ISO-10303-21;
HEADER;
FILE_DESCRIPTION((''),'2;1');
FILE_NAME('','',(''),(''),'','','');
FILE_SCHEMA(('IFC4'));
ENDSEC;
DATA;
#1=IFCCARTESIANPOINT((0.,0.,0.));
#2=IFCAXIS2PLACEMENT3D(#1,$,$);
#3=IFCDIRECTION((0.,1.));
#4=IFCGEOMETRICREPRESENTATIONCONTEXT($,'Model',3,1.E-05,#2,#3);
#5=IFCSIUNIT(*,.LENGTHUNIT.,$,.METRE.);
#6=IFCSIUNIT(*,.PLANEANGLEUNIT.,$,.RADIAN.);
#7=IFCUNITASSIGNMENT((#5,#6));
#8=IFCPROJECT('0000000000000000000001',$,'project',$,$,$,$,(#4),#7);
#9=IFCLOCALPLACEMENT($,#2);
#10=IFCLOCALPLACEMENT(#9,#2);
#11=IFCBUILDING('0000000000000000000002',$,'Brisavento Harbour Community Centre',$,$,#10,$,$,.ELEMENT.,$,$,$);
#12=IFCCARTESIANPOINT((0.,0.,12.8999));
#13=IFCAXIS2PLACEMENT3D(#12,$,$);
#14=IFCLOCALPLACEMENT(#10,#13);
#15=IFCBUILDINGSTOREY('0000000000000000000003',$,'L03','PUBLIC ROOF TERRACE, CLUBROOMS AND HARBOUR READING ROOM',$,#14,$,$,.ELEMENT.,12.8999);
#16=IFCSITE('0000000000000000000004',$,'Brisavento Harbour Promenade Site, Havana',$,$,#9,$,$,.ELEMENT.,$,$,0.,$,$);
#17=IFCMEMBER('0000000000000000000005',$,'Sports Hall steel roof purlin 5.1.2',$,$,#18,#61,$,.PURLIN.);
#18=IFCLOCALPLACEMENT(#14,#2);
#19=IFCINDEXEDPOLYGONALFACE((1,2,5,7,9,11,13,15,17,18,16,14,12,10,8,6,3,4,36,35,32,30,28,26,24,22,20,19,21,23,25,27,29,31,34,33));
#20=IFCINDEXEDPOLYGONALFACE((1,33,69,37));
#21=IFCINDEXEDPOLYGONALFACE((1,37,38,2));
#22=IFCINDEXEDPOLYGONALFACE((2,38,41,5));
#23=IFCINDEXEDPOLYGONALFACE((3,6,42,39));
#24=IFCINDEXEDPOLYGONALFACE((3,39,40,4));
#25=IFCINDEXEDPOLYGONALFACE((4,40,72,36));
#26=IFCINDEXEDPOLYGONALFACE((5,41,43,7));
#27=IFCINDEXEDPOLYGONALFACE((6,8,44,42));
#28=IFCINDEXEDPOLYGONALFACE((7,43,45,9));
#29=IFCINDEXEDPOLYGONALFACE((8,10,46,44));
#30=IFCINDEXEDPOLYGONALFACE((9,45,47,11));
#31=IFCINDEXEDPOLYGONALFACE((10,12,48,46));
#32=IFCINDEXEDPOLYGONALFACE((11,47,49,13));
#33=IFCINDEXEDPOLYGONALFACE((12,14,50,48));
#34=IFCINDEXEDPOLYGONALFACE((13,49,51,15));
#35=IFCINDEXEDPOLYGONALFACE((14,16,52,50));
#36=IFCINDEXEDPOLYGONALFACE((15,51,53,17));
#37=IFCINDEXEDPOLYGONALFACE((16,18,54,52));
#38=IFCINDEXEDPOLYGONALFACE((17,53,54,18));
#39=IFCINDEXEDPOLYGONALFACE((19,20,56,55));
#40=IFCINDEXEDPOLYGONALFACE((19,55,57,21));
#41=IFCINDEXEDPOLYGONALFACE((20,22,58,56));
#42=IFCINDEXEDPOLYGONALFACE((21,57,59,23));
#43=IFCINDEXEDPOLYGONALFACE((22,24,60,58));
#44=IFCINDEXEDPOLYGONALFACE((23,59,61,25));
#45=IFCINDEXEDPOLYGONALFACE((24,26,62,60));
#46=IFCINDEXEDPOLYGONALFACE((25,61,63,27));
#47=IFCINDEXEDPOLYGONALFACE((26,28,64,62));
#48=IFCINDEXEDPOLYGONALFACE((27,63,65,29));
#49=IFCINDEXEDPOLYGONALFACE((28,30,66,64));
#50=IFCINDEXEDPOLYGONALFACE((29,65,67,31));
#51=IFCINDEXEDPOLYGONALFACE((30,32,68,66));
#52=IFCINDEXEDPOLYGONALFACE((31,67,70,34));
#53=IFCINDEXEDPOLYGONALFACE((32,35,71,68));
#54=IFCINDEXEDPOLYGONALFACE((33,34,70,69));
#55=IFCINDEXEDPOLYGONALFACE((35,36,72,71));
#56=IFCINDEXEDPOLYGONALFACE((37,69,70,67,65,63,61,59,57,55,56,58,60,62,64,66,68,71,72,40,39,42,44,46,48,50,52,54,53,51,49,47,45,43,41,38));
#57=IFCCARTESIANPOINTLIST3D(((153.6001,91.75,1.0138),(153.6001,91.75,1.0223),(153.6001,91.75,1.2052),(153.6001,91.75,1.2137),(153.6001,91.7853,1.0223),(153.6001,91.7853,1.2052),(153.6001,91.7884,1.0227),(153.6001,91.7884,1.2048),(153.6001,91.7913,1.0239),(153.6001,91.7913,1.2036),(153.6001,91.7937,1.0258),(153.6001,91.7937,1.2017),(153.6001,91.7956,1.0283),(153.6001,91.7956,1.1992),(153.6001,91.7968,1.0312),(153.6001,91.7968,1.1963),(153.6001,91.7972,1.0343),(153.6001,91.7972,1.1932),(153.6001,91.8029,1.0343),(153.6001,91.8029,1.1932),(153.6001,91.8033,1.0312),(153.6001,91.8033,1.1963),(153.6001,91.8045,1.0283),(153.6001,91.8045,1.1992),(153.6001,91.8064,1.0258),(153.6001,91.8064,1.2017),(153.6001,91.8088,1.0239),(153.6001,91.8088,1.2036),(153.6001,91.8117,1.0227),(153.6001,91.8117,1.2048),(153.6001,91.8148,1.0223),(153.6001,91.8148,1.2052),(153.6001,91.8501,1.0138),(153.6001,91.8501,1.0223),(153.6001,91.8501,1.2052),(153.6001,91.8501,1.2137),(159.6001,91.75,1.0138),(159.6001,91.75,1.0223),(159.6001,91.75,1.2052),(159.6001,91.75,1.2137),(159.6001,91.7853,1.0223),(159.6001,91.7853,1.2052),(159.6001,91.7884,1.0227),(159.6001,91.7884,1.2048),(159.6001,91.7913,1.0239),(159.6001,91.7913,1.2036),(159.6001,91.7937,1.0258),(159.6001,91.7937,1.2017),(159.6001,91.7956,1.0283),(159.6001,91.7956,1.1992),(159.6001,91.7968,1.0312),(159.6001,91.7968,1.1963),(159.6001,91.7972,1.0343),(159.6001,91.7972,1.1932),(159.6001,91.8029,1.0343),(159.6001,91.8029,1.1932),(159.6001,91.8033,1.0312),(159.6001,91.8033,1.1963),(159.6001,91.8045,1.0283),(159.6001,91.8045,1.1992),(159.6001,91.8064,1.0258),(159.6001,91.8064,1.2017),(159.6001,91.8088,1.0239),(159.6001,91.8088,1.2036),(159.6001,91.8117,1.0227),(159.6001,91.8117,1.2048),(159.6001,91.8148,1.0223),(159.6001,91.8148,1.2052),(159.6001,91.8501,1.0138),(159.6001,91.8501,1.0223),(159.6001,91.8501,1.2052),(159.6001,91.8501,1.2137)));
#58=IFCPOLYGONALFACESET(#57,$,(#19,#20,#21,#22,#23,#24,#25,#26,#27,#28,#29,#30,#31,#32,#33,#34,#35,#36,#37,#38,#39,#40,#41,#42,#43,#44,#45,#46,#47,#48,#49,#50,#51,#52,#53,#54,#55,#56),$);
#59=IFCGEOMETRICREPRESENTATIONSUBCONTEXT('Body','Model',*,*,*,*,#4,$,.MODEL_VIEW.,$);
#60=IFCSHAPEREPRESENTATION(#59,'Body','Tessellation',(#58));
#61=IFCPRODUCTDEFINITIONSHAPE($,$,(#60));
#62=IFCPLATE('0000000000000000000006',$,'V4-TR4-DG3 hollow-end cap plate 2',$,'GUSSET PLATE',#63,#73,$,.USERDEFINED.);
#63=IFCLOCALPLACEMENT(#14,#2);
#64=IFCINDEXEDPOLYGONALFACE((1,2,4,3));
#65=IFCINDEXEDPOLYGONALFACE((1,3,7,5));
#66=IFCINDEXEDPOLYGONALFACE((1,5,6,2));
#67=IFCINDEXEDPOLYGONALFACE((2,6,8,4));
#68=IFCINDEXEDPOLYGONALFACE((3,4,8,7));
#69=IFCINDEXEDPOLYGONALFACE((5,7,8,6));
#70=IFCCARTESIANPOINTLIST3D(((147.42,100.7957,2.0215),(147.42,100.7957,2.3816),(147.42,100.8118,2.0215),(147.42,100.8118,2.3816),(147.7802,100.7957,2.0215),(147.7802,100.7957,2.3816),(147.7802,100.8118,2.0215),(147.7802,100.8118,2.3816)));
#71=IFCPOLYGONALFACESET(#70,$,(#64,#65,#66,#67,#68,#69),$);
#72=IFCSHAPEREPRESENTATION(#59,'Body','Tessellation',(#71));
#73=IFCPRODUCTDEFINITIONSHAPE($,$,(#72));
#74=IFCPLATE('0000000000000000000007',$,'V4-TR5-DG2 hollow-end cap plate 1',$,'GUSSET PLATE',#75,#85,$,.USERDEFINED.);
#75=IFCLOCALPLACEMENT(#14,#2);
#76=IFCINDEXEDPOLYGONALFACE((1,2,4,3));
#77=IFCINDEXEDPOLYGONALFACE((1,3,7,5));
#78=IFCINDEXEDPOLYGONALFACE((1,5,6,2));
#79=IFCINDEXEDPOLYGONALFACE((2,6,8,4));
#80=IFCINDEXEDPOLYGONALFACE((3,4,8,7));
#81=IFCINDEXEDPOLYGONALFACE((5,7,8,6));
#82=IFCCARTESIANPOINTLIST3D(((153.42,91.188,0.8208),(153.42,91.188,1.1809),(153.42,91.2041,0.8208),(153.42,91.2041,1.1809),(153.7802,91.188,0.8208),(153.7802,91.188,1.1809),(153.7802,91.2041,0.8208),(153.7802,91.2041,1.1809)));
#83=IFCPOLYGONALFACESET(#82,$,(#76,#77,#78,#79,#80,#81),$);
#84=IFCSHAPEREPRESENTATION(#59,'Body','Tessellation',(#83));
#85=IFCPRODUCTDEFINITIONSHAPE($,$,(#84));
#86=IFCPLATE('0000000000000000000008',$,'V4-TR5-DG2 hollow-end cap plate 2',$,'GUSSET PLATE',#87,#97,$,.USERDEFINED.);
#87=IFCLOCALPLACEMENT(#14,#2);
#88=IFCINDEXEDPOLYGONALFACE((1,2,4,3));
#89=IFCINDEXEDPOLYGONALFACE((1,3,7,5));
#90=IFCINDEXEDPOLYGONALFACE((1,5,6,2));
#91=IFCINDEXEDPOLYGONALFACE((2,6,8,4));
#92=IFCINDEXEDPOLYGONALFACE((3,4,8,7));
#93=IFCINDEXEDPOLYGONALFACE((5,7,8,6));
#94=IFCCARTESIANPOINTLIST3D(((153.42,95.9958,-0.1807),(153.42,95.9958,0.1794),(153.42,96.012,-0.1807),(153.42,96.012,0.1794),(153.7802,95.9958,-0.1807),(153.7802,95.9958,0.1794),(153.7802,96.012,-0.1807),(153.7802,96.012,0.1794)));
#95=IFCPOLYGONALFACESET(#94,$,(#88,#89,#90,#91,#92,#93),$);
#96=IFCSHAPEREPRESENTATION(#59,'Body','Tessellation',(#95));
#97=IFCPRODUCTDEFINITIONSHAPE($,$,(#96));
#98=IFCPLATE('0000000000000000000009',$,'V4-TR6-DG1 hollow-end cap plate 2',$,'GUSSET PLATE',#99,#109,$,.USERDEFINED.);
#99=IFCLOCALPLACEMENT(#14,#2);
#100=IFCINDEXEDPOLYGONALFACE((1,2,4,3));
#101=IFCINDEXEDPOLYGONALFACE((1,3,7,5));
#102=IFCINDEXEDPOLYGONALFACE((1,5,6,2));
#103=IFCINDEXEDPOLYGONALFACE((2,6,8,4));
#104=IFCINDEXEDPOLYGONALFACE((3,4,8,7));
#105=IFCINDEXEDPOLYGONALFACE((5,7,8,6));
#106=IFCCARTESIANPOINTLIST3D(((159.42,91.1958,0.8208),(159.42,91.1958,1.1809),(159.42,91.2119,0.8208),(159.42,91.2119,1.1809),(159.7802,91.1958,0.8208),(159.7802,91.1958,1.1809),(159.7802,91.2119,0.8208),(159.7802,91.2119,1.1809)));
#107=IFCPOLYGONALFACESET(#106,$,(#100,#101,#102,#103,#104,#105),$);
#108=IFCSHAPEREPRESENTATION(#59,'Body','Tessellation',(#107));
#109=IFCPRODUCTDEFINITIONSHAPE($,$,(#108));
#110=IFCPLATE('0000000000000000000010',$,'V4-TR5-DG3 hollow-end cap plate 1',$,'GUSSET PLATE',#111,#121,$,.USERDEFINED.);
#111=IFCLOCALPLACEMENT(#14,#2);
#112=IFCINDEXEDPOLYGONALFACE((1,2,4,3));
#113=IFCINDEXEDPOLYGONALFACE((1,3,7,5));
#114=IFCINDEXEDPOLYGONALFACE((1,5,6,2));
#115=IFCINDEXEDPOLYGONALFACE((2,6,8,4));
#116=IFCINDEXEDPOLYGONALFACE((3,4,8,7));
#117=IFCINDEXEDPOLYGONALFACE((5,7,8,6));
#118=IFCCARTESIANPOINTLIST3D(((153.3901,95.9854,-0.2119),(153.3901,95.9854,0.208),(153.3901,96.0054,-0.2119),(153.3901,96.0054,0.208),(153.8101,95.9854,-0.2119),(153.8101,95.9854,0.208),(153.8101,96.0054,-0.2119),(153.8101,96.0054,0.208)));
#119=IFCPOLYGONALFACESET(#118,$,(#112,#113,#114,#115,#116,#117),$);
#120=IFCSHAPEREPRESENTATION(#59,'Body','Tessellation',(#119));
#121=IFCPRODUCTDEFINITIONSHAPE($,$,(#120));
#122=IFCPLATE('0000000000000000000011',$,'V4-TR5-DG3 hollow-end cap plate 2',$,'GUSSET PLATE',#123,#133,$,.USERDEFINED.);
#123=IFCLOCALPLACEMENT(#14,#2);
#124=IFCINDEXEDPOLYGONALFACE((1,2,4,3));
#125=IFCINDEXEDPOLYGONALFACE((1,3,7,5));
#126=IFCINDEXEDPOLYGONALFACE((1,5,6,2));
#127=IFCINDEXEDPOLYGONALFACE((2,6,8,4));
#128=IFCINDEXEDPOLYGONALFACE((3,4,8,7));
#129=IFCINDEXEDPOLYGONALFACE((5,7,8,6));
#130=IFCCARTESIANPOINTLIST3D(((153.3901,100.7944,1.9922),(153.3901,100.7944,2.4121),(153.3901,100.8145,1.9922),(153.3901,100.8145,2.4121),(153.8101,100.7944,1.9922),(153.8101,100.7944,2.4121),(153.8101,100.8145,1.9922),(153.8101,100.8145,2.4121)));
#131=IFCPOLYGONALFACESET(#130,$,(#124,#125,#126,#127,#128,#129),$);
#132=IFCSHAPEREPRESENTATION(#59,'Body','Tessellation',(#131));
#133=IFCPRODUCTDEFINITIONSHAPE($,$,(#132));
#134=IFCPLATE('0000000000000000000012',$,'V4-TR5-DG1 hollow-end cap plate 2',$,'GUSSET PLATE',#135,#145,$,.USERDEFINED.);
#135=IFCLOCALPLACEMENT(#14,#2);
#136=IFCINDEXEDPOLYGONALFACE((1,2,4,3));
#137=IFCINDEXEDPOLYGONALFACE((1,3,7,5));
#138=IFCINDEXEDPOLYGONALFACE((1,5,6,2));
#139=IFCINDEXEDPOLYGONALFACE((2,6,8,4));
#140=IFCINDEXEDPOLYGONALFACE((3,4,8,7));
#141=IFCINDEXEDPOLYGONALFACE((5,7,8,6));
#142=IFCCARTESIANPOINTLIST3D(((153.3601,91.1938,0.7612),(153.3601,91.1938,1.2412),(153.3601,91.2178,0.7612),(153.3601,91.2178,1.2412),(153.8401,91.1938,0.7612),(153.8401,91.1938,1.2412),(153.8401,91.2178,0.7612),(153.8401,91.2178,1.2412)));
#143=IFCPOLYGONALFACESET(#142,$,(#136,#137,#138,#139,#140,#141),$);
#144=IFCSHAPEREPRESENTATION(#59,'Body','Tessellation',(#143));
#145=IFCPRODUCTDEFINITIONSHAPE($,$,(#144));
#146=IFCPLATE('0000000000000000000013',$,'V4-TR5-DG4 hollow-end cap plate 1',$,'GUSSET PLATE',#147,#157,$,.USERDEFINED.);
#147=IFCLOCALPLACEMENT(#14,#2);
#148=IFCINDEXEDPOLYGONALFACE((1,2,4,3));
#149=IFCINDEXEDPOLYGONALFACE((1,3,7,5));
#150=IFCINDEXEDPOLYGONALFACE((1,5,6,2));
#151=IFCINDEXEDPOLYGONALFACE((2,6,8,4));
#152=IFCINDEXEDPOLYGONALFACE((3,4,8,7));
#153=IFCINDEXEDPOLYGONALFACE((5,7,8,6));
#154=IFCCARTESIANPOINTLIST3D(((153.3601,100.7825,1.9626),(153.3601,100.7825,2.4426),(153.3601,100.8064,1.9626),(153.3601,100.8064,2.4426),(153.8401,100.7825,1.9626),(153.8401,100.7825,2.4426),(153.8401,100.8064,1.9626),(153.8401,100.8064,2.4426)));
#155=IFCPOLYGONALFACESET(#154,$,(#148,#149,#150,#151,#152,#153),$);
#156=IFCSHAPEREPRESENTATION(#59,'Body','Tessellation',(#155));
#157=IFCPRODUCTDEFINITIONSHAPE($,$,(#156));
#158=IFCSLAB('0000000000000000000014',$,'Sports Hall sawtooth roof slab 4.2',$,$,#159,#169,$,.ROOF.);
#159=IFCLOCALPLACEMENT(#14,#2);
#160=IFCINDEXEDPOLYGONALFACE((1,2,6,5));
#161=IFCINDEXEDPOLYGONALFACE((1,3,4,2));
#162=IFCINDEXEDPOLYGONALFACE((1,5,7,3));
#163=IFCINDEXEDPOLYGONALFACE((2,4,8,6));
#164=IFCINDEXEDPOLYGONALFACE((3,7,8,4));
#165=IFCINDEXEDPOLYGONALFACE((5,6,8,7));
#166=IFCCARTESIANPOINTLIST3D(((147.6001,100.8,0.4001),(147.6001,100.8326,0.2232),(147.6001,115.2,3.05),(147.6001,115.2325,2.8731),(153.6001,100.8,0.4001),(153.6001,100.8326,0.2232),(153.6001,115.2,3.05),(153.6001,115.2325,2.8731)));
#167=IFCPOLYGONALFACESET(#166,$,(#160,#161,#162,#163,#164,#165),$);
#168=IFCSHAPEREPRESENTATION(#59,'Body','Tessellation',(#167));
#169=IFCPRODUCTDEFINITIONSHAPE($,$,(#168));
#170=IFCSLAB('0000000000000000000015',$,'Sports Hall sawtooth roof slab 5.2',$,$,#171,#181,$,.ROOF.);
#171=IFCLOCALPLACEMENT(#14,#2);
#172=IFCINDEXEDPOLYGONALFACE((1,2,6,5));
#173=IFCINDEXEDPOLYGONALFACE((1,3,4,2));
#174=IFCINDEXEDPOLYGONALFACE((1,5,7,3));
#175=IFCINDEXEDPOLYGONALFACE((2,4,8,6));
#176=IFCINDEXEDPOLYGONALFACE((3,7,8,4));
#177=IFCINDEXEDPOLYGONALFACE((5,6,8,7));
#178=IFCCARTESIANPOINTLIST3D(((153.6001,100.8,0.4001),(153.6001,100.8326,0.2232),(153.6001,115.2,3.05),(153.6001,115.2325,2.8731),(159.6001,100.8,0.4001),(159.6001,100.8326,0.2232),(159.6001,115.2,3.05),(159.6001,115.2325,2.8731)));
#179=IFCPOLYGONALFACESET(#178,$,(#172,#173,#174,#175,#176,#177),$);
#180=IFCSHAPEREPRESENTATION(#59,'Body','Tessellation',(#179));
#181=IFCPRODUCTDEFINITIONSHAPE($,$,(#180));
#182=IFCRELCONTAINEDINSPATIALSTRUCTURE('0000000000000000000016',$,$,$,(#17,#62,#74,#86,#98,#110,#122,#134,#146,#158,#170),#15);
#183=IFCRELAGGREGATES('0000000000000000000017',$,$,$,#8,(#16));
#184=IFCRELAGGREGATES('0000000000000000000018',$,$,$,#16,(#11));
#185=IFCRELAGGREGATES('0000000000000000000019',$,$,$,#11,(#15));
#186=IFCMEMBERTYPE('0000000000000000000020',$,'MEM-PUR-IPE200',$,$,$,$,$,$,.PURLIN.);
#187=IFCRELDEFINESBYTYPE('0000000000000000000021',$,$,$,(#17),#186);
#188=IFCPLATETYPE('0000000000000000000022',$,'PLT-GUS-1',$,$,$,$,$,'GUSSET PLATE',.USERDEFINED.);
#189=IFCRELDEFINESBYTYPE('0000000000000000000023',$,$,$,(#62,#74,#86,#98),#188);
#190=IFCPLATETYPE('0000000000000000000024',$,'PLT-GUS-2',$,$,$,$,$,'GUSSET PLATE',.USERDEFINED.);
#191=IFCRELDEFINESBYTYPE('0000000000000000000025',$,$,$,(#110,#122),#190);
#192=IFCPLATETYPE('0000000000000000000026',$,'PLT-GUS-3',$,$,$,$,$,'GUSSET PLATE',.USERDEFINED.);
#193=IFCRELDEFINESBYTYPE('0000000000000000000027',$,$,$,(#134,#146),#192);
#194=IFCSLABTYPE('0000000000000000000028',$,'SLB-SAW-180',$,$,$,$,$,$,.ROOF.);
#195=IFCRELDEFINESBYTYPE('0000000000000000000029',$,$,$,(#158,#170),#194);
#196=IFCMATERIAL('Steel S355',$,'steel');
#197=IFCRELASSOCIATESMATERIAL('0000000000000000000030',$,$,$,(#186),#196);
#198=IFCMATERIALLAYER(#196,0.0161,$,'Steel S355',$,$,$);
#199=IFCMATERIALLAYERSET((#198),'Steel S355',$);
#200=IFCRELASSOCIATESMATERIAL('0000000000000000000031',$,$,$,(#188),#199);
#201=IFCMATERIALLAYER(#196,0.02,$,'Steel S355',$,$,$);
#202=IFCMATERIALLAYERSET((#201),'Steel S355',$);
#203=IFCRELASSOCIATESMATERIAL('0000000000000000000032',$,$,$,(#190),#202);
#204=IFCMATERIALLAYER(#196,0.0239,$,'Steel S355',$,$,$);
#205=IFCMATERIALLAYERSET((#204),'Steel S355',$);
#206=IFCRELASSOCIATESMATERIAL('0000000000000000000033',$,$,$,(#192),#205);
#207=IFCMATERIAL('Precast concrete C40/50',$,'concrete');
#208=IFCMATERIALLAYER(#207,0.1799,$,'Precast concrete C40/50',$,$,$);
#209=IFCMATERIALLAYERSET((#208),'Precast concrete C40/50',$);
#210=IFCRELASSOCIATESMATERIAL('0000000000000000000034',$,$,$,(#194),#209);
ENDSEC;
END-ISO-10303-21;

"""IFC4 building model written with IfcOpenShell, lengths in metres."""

from ifc_helpers import new_model, si_unit, direction, frame, origin, origin_2d, place, context, subcontext, project, spatial, polyline, rectangle, i_section, outline, extrude, material, layer, layer_set, material_profile, profile_set, type_object, element, save


model = new_model("IFC4")

# Units and contexts
model_context = context("Model", 3, precision=1e-05, world=origin(), true_north=direction((0.0, 1.0)))
body_context = subcontext(model_context, "Body", "Model", "MODEL_VIEW")
ifc_project = project(units=[si_unit("LENGTHUNIT", "METRE"), si_unit("PLANEANGLEUNIT", "RADIAN")], contexts=[model_context])

# Site, building, storey
site_placement = place(None, origin())
site = spatial("IfcSite", under=ifc_project, at=site_placement, Name="Brisavento Harbour Promenade Site, Havana", CompositionType="ELEMENT", RefElevation=0.0)
building_placement = place(site_placement, origin())
building = spatial("IfcBuilding", under=site, at=building_placement, Name="Brisavento Harbour Community Centre", CompositionType="ELEMENT")
storey_placement = place(building_placement, frame((0.0, 0.0, 12.8999)))
storey = spatial("IfcBuildingStorey", under=building, at=storey_placement, Name="L03", Description="PUBLIC ROOF TERRACE, CLUBROOMS AND HARBOUR READING ROOM", CompositionType="ELEMENT", Elevation=12.8999)

# Member
ifc_material_1 = material(Name="Steel S355", Category="steel")
ifc_material_profile_1 = material_profile(ifc_material_1, i_section(OverallWidth=0.1001, OverallDepth=0.2, WebThickness=0.0056, FlangeThickness=0.0085, FilletRadius=0.012, at=origin_2d()), Name="Steel S355")
ifc_profile_set_1 = profile_set([ifc_material_profile_1], Name="Steel S355")
member_type_1 = type_object("IfcMemberType", Name="MEM-PUR-IPE200", PredefinedType="PURLIN", material=ifc_profile_set_1)
member_1_placement = place(storey_placement, frame((153.6001, 91.8, 1.1138), z_axis=(1.0, 0.0, 0.0), x_axis=(0.0, 1.0, 0.0)))
element("IfcMember", 1, at=member_1_placement, inside=storey, type_object=member_type_1, Name="Sports Hall steel roof purlin 5.1.2", PredefinedType="PURLIN", context=body_context, shape_type="SweptSolid", body=[
    extrude(i_section(OverallWidth=0.1001, OverallDepth=0.2, WebThickness=0.0056, FlangeThickness=0.0085, FilletRadius=0.012, at=origin_2d()), origin(), (0.0, 0.0, 1.0), 6.0),
])

# Plates
ifc_layer_1 = layer(ifc_material_1, 0.0161, Name="Steel S355")
ifc_layer_set_1 = layer_set([ifc_layer_1], Name="Steel S355")
plate_type_1 = type_object("IfcPlateType", Name="PLT-GUS-1", ElementType="GUSSET PLATE", PredefinedType="USERDEFINED", material=ifc_layer_set_1)
for number, where, z_axis, x_axis, name in (
    (2, (147.6001, 100.8037, 2.0215), (0.0, 0.0, 1.0), (0.0, 1.0, 0.0), "V4-TR4-DG3 hollow-end cap plate 2"),
    (3, (153.6001, 91.196, 0.8208), (0.0, 0.0, 1.0), (0.0, 1.0, 0.0), "V4-TR5-DG2 hollow-end cap plate 1"),
    (4, (153.6001, 96.0039, -0.1807), (0.0, 0.0, 1.0), (0.0, 1.0, 0.0), "V4-TR5-DG2 hollow-end cap plate 2"),
    (5, (159.6001, 91.2039, 0.8208), (0.0, 0.0, 1.0), (0.0, 1.0, 0.0), "V4-TR6-DG1 hollow-end cap plate 2"),
):
    element("IfcPlate", number, at=place(storey_placement, frame(where, z_axis=z_axis, x_axis=x_axis)), inside=storey, type_object=plate_type_1, Name=name, ObjectType="GUSSET PLATE", PredefinedType="USERDEFINED", context=body_context, shape_type="SweptSolid", body=[
        extrude(rectangle(XDim=0.0161, YDim=0.3601, at=origin_2d()), origin(), (0.0, 0.0, 1.0), 0.3601),
    ])
ifc_layer_2 = layer(ifc_material_1, 0.02, Name="Steel S355")
ifc_layer_set_2 = layer_set([ifc_layer_2], Name="Steel S355")
plate_type_2 = type_object("IfcPlateType", Name="PLT-GUS-2", ElementType="GUSSET PLATE", PredefinedType="USERDEFINED", material=ifc_layer_set_2)
for number, where, z_axis, x_axis, name in (
    (6, (153.6001, 95.9954, -0.2119), (0.0, 0.0, 1.0), (0.0, 1.0, 0.0), "V4-TR5-DG3 hollow-end cap plate 1"),
    (7, (153.6001, 100.8044, 1.9922), (0.0, 0.0, 1.0), (0.0, 1.0, 0.0), "V4-TR5-DG3 hollow-end cap plate 2"),
):
    element("IfcPlate", number, at=place(storey_placement, frame(where, z_axis=z_axis, x_axis=x_axis)), inside=storey, type_object=plate_type_2, Name=name, ObjectType="GUSSET PLATE", PredefinedType="USERDEFINED", context=body_context, shape_type="SweptSolid", body=[
        extrude(rectangle(XDim=0.02, YDim=0.4199, at=origin_2d()), origin(), (0.0, 0.0, 1.0), 0.4199),
    ])
ifc_layer_3 = layer(ifc_material_1, 0.0239, Name="Steel S355")
ifc_layer_set_3 = layer_set([ifc_layer_3], Name="Steel S355")
plate_type_3 = type_object("IfcPlateType", Name="PLT-GUS-3", ElementType="GUSSET PLATE", PredefinedType="USERDEFINED", material=ifc_layer_set_3)
for number, where, z_axis, x_axis, name in (
    (8, (153.6001, 91.2058, 0.7612), (0.0, 0.0, 1.0), (0.0, 1.0, 0.0), "V4-TR5-DG1 hollow-end cap plate 2"),
    (9, (153.6001, 100.7944, 1.9626), (0.0, 0.0, 1.0), (0.0, 1.0, 0.0), "V4-TR5-DG4 hollow-end cap plate 1"),
):
    element("IfcPlate", number, at=place(storey_placement, frame(where, z_axis=z_axis, x_axis=x_axis)), inside=storey, type_object=plate_type_3, Name=name, ObjectType="GUSSET PLATE", PredefinedType="USERDEFINED", context=body_context, shape_type="SweptSolid", body=[
        extrude(rectangle(XDim=0.0239, YDim=0.48, at=origin_2d()), origin(), (0.0, 0.0, 1.0), 0.48),
    ])

# Slabs
ifc_material_2 = material(Name="Precast concrete C40/50", Category="concrete")
ifc_layer_4 = layer(ifc_material_2, 0.1799, Name="Precast concrete C40/50")
ifc_layer_set_4 = layer_set([ifc_layer_4], Name="Precast concrete C40/50")
slab_type = type_object("IfcSlabType", Name="SLB-SAW-180", PredefinedType="ROOF", material=ifc_layer_set_4)
for number, where, z_axis, x_axis, name in (
    (10, (147.6001, 100.8, 0.4001), (0.0, -0.180983, 0.983486), (1.0, 0.0, 0.0), "Sports Hall sawtooth roof slab 4.2"),
    (11, (153.6001, 100.8, 0.4001), (0.0, -0.180983, 0.983486), (1.0, 0.0, 0.0), "Sports Hall sawtooth roof slab 5.2"),
):
    element("IfcSlab", number, at=place(storey_placement, frame(where, z_axis=z_axis, x_axis=x_axis)), inside=storey, type_object=slab_type, Name=name, PredefinedType="ROOF", context=body_context, shape_type="SweptSolid", body=[
        extrude(outline(polyline([(0.0, 0.0), (6.0, 0.0), (6.0, 14.6417), (0.0, 14.6417), (0.0, 0.0)])), origin(), (0.0, 0.0, -1.0), 0.1799),
    ])

save(model, "model.ifc")
